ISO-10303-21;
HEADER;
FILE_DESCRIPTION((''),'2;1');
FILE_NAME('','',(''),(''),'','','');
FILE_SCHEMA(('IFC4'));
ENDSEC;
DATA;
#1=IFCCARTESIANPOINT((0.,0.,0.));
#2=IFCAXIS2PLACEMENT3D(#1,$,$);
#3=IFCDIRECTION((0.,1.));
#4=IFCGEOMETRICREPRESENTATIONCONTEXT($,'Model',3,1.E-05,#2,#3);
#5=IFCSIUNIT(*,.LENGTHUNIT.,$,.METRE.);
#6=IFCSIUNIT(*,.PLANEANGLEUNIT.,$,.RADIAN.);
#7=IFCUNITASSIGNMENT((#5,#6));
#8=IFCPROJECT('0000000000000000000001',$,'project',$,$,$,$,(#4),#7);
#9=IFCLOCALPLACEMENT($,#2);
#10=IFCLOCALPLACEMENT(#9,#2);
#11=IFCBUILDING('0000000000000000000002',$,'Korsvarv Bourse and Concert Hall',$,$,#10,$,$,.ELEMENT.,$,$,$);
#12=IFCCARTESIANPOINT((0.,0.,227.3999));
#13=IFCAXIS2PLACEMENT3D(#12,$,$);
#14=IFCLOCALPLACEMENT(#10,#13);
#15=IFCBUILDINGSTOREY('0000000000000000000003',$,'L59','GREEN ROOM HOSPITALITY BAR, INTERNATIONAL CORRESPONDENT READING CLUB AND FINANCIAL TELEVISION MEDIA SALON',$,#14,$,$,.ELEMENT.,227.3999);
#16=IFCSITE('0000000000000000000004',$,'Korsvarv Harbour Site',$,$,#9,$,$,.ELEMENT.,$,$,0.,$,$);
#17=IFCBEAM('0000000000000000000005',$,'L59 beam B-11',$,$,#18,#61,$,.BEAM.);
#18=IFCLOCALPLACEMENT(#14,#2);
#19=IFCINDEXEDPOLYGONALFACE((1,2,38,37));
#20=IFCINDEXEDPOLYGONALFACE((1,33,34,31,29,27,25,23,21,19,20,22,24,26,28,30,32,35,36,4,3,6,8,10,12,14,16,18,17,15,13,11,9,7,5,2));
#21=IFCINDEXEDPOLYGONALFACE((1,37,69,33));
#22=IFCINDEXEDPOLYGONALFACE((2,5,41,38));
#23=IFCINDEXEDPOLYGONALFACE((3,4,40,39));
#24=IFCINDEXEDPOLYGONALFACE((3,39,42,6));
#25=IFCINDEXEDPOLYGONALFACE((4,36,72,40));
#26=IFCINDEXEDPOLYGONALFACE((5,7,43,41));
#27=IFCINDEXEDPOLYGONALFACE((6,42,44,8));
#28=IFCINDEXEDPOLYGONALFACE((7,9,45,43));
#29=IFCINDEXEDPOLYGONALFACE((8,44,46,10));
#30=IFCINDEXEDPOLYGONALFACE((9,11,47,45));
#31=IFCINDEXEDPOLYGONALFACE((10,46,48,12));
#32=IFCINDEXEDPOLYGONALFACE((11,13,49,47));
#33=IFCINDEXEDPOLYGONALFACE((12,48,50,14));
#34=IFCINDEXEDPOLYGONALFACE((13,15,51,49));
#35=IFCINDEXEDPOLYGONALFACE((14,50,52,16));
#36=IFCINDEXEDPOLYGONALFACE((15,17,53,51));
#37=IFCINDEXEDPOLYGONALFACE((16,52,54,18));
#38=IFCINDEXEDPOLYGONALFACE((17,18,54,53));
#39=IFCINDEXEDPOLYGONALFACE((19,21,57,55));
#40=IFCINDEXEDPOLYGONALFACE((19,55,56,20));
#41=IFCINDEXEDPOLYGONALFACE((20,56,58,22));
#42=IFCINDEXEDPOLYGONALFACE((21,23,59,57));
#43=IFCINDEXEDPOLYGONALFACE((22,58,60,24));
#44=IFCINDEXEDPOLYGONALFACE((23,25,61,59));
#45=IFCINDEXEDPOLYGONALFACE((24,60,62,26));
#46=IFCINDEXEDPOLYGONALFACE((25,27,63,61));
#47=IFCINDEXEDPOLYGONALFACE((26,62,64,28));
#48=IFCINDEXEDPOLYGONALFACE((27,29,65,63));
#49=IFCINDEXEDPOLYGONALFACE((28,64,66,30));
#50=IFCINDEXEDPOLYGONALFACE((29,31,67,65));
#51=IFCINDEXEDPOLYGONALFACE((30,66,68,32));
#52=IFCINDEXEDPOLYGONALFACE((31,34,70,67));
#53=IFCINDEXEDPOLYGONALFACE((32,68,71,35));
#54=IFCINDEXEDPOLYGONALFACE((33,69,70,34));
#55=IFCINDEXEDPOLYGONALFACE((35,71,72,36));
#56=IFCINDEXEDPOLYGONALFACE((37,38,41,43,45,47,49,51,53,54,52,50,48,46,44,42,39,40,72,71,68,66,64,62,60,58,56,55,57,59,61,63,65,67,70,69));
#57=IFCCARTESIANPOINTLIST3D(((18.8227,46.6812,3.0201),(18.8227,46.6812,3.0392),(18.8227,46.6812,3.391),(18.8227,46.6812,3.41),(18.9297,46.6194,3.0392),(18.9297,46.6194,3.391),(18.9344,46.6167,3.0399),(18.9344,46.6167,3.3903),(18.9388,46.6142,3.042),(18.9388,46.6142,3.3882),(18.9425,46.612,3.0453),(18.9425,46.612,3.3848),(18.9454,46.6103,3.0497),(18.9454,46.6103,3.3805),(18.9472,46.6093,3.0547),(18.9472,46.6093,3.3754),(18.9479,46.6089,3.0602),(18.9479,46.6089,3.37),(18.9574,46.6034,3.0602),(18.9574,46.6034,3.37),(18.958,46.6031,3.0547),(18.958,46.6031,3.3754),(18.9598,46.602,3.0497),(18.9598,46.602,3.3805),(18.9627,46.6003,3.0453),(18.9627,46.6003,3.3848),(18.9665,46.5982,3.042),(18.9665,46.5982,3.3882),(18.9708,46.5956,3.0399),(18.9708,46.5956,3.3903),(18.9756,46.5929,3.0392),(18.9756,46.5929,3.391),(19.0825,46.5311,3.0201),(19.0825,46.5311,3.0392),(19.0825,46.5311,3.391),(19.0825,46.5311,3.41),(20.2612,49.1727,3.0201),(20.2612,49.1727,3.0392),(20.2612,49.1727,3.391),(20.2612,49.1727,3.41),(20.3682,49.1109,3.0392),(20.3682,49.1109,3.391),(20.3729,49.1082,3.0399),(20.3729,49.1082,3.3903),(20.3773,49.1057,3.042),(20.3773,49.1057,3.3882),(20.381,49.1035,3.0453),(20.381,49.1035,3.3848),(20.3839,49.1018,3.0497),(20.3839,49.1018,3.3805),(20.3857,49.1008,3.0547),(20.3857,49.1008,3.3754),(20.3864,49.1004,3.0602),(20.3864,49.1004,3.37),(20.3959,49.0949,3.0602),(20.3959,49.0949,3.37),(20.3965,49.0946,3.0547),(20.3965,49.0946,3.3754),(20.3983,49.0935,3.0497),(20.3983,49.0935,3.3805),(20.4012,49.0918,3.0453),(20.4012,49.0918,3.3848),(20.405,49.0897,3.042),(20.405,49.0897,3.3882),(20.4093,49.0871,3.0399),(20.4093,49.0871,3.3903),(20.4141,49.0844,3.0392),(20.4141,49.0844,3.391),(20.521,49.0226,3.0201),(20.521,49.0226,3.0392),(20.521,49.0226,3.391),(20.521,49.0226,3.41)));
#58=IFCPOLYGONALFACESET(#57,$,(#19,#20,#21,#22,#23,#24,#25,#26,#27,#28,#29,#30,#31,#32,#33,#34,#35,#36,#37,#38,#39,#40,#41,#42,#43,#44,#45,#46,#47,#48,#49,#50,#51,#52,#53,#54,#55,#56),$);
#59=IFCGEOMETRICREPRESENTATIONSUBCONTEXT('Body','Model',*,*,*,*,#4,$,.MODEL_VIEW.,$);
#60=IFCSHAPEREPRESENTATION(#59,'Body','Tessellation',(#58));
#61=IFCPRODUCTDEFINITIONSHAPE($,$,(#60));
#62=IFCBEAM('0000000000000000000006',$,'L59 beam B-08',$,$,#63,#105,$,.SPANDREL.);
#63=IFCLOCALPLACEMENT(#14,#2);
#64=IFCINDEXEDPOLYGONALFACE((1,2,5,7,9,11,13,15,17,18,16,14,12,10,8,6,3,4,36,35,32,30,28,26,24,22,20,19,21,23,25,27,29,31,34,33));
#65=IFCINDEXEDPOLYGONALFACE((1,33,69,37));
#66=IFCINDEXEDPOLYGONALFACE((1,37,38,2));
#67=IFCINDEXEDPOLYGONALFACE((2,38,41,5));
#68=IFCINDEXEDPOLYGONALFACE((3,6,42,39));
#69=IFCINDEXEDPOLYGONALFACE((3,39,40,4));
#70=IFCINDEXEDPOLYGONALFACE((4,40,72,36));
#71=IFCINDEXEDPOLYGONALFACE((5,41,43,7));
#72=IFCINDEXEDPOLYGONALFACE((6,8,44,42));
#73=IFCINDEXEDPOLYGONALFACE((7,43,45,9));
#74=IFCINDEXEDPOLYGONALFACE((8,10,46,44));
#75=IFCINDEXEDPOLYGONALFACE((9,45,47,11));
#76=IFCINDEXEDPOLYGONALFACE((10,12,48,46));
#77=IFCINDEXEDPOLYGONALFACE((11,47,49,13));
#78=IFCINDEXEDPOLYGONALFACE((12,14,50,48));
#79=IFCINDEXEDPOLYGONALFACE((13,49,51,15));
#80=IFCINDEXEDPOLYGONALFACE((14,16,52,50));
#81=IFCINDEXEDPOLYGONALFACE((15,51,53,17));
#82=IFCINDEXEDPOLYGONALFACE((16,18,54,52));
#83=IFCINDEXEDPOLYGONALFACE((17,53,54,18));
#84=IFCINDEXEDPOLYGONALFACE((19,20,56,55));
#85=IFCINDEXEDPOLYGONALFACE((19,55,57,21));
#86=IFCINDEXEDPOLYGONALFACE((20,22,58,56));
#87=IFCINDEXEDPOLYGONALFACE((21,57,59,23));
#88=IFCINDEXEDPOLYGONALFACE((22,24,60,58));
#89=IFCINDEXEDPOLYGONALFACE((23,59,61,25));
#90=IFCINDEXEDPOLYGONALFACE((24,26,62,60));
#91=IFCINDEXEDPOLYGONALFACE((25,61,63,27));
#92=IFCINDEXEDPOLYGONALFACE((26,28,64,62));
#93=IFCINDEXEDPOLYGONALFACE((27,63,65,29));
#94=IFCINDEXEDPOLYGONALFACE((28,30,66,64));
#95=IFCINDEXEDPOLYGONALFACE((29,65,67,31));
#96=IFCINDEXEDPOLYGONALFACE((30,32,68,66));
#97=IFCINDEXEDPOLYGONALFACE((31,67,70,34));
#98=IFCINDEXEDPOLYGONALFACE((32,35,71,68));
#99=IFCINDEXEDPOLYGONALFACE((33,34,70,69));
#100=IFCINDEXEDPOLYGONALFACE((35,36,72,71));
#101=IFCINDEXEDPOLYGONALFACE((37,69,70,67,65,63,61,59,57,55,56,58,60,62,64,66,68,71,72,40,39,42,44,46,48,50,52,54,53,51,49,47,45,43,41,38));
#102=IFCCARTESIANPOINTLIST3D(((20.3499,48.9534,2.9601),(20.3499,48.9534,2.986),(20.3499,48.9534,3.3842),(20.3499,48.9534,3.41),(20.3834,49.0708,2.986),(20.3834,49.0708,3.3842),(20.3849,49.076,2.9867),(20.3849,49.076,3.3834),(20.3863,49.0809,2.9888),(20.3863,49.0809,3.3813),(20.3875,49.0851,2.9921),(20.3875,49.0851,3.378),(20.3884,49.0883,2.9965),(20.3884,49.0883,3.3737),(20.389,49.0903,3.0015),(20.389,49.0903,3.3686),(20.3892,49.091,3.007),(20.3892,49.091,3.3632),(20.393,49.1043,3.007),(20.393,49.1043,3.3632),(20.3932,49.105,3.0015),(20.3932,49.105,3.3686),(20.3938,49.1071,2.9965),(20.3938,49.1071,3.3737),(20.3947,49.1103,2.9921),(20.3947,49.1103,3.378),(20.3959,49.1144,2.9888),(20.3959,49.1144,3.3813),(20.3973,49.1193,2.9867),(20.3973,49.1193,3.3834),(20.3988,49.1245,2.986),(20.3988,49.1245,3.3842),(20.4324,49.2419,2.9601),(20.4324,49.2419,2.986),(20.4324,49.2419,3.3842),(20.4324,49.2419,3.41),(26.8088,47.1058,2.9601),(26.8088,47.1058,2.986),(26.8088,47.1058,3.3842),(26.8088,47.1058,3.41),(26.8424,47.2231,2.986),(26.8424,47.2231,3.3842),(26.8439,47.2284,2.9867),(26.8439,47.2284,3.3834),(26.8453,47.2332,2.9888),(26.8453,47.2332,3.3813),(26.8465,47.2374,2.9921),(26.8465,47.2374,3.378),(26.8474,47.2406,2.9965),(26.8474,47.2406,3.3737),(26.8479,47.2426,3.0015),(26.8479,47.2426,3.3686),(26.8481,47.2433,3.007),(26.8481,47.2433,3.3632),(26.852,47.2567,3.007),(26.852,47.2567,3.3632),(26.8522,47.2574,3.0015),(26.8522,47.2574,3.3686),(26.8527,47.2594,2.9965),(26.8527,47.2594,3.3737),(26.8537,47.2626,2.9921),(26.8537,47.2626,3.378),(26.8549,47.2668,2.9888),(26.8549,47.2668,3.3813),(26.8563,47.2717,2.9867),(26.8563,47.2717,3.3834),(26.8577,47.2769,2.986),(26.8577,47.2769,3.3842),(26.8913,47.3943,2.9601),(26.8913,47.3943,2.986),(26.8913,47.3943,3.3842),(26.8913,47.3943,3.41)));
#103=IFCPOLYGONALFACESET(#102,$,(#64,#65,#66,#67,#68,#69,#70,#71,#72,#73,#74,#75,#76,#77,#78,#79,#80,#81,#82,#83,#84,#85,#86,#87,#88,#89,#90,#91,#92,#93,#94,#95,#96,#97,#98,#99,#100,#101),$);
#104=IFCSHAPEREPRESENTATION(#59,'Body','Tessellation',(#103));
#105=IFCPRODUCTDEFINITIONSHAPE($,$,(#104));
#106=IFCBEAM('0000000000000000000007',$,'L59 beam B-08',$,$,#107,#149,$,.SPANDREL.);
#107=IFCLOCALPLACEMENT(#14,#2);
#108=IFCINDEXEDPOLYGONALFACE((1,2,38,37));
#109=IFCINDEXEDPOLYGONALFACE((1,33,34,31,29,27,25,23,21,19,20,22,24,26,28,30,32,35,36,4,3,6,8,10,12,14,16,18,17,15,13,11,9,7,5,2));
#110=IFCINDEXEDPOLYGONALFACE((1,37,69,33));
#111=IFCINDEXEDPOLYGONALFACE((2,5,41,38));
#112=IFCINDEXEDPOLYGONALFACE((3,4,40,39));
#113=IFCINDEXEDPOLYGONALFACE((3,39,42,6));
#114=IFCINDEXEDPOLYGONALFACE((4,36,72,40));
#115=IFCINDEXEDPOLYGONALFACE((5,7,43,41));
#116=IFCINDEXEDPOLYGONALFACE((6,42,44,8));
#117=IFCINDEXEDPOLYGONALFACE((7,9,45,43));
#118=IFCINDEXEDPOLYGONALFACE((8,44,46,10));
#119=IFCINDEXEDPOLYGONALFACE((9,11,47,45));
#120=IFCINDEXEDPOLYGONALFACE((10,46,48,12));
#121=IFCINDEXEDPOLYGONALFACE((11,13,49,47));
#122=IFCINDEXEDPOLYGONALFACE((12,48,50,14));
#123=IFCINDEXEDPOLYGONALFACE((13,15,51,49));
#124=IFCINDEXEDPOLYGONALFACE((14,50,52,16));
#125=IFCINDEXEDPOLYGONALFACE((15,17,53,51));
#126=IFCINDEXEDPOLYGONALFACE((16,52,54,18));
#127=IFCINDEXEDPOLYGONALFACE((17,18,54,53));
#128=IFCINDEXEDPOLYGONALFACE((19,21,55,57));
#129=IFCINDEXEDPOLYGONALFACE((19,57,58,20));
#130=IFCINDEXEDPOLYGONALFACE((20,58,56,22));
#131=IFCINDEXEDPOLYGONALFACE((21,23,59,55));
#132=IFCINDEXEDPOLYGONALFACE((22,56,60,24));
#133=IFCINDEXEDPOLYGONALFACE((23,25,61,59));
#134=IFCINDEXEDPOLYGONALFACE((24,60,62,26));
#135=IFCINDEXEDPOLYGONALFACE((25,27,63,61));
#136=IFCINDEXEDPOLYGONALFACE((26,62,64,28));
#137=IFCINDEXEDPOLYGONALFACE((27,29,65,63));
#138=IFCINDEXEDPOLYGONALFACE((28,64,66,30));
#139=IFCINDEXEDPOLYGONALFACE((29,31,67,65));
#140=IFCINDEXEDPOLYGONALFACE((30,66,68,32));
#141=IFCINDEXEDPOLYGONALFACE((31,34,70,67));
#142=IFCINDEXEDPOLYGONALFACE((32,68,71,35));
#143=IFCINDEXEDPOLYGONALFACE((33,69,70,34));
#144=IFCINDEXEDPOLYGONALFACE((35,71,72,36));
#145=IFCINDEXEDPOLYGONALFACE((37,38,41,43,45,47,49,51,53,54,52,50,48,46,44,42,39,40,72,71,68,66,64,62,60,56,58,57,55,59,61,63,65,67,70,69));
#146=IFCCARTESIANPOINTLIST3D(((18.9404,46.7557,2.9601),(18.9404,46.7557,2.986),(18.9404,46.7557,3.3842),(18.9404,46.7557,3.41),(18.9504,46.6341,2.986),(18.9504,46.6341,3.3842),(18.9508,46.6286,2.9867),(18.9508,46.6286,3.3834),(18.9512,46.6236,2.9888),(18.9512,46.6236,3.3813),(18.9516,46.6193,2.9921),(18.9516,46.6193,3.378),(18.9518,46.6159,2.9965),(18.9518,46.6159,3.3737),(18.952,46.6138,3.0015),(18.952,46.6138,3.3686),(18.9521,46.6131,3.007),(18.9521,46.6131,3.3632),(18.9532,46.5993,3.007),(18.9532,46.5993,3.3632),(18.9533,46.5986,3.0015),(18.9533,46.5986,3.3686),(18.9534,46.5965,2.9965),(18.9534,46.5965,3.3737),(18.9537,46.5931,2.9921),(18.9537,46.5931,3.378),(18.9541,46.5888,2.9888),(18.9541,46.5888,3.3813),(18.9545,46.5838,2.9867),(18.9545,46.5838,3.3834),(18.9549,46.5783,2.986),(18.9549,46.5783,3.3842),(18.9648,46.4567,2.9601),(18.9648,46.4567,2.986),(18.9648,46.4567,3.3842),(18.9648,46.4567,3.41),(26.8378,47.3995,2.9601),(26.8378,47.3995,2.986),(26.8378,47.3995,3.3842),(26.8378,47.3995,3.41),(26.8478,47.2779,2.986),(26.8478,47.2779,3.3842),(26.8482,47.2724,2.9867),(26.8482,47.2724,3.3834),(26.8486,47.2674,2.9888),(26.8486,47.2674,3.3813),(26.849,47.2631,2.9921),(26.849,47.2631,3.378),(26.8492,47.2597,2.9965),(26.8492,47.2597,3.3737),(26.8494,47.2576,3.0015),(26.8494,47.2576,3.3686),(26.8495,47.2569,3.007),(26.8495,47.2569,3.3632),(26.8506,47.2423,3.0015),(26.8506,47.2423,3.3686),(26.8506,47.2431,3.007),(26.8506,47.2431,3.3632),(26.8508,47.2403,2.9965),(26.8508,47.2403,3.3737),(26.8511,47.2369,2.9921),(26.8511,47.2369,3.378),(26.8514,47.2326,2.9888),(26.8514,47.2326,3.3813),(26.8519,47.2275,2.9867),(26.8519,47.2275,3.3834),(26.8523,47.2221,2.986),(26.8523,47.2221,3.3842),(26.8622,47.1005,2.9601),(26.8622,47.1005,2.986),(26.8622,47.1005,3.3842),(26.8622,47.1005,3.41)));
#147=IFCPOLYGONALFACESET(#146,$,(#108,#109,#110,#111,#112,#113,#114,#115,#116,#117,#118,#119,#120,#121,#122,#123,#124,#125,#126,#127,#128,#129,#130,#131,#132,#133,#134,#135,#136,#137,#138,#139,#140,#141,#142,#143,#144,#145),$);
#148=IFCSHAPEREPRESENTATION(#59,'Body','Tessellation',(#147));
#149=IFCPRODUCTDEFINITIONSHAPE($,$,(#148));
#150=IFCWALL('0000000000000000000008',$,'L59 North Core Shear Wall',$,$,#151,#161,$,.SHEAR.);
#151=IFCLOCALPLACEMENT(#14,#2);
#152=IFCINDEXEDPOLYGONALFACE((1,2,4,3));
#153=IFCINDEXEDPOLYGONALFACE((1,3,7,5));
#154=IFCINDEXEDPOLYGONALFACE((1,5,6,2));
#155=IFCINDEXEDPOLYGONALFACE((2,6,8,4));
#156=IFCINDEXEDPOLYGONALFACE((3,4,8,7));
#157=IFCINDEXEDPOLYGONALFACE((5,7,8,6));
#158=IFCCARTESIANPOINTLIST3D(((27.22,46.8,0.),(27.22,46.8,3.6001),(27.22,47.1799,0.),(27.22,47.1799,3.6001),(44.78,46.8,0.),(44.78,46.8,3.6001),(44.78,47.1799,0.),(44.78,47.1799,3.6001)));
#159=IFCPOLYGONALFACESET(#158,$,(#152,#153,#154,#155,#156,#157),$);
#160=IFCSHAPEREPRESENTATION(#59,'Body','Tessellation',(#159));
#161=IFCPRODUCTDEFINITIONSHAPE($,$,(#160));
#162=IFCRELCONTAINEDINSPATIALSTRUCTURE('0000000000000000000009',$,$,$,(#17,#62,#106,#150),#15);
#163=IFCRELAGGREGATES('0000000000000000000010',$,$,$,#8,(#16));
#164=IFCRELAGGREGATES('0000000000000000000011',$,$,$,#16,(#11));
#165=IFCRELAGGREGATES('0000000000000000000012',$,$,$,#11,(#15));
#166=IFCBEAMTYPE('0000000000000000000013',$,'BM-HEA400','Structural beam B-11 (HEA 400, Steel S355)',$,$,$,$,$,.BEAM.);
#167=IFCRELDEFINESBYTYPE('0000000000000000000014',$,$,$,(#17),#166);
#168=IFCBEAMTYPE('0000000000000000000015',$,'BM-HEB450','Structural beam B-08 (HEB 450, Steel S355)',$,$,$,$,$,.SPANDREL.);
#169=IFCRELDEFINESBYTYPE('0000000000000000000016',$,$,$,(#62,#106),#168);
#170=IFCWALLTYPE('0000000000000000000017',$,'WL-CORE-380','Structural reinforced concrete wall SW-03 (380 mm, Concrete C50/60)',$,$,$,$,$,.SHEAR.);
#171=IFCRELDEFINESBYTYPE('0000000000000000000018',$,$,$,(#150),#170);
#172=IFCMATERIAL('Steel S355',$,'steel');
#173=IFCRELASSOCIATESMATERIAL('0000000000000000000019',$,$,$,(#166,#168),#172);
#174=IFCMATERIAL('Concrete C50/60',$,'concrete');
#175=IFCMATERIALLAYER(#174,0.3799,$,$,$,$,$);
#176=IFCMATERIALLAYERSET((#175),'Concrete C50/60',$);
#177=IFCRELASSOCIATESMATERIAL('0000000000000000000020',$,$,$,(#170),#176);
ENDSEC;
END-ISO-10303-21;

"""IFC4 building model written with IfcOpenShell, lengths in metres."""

from ifc_helpers import new_model, si_unit, direction, frame, frame_2d, origin, origin_2d, place, context, subcontext, project, spatial, rectangle, i_section, extrude, source, transform, mapped, material, layer, layer_set, material_profile, profile_set, type_object, element, save


model = new_model("IFC4")

# Units and contexts
model_context = context("Model", 3, precision=1e-05, world=origin(), true_north=direction((0.0, 1.0)))
body_context = subcontext(model_context, "Body", "Model", "MODEL_VIEW")
ifc_project = project(units=[si_unit("LENGTHUNIT", "METRE"), si_unit("PLANEANGLEUNIT", "RADIAN")], contexts=[model_context])

# Site, building, storey
site_placement = place(None, origin())
site = spatial("IfcSite", under=ifc_project, at=site_placement, Name="Korsvarv Harbour Site", CompositionType="ELEMENT", RefElevation=0.0)
building_placement = place(site_placement, origin())
building = spatial("IfcBuilding", under=site, at=building_placement, Name="Korsvarv Bourse and Concert Hall", CompositionType="ELEMENT")
storey_placement = place(building_placement, frame((0.0, 0.0, 227.3999)))
storey = spatial("IfcBuildingStorey", under=building, at=storey_placement, Name="L59", Description="GREEN ROOM HOSPITALITY BAR, INTERNATIONAL CORRESPONDENT READING CLUB AND FINANCIAL TELEVISION MEDIA SALON", CompositionType="ELEMENT", Elevation=227.3999)

# Shared definitions
ifc_material_1 = material(Name="Steel S355", Category="steel")

# Beams
ifc_material_profile_1 = material_profile(ifc_material_1, i_section(OverallWidth=0.3, OverallDepth=0.3899, WebThickness=0.011, FlangeThickness=0.019, FilletRadius=0.021, at=origin_2d()), Name="HEA 400")
ifc_profile_set_1 = profile_set([ifc_material_profile_1], Name="Steel S355")
beam_type_1 = type_object("IfcBeamType", Name="BM-HEA400", Description="Structural beam B-11 (HEA 400, Steel S355)", PredefinedType="BEAM", material=ifc_profile_set_1)
shared_shape_1 = source(origin(), body_context, "Body", "SweptSolid", [
    extrude(i_section(OverallWidth=0.3, OverallDepth=0.3899, WebThickness=0.011, FlangeThickness=0.019, FilletRadius=0.021, at=origin_2d()), origin(), (0.0, 0.0, 1.0), 2.877),
])
beam_1_placement = place(storey_placement, frame((20.3911, 49.0977, 3.2151), z_axis=(-0.500009, -0.86602, 0.0), x_axis=(0.86602, -0.500009, 0.0)))
element("IfcBeam", 1, at=beam_1_placement, inside=storey, type_object=beam_type_1, Name="L59 beam B-11", PredefinedType="BEAM", context=body_context, shape_type="MappedRepresentation", body=[
    mapped(shared_shape_1, transform((0.0, 0.0, 0.0), scale=1.0)),
])
ifc_material_profile_2 = material_profile(ifc_material_1, i_section(OverallWidth=0.3, OverallDepth=0.45, WebThickness=0.0139, FlangeThickness=0.0259, FilletRadius=0.021, at=origin_2d()), Name="HEB 450")
ifc_profile_set_2 = profile_set([ifc_material_profile_2], Name="Steel S355")
beam_type_2 = type_object("IfcBeamType", Name="BM-HEB450", Description="Structural beam B-08 (HEB 450, Steel S355)", PredefinedType="SPANDREL", material=ifc_profile_set_2)
shared_shape_2 = source(origin(), body_context, "Body", "SweptSolid", [
    extrude(i_section(OverallWidth=0.3, OverallDepth=0.45, WebThickness=0.0139, FlangeThickness=0.0259, FilletRadius=0.021, at=origin_2d()), origin(), (0.0, 0.0, 1.0), 6.718),
])
beam_2_placement = place(storey_placement, frame((20.3911, 49.0977, 3.1851), z_axis=(0.961436, -0.275028, 0.0), x_axis=(0.275028, 0.961436, 0.0)))
element("IfcBeam", 2, at=beam_2_placement, inside=storey, type_object=beam_type_2, Name="L59 beam B-08", PredefinedType="SPANDREL", context=body_context, shape_type="MappedRepresentation", body=[
    mapped(shared_shape_2, transform((0.0, 0.0, 0.0), scale=1.0)),
])
shared_shape_3 = source(origin(), body_context, "Body", "SweptSolid", [
    extrude(i_section(OverallWidth=0.3, OverallDepth=0.45, WebThickness=0.0139, FlangeThickness=0.0259, FilletRadius=0.021, at=origin_2d()), origin(), (0.0, 0.0, 1.0), 7.9236),
])
beam_3_placement = place(storey_placement, frame((18.9526, 46.6062, 3.1851), z_axis=(0.996694, 0.08125, 0.0), x_axis=(-0.08125, 0.996694, 0.0)))
element("IfcBeam", 3, at=beam_3_placement, inside=storey, type_object=beam_type_2, Name="L59 beam B-08", PredefinedType="SPANDREL", context=body_context, shape_type="MappedRepresentation", body=[
    mapped(shared_shape_3, transform((0.0, 0.0, 0.0), scale=1.0)),
])

# Wall
ifc_material_2 = material(Name="Concrete C50/60", Category="concrete")
ifc_layer_1 = layer(ifc_material_2, 0.3799)
ifc_layer_set_1 = layer_set([ifc_layer_1], Name="Concrete C50/60")
wall_type_1 = type_object("IfcWallType", Name="WL-CORE-380", Description="Structural reinforced concrete wall SW-03 (380 mm, Concrete C50/60)", PredefinedType="SHEAR", material=ifc_layer_set_1)
wall_1_placement = place(storey_placement, frame((27.22, 46.99, 0.0), z_axis=(0.0, 0.0, 1.0), x_axis=(1.0, 0.0, 0.0)))
element("IfcWall", 4, at=wall_1_placement, inside=storey, type_object=wall_type_1, Name="L59 North Core Shear Wall", PredefinedType="SHEAR", context=body_context, shape_type="SweptSolid", body=[
    extrude(rectangle(XDim=17.5601, YDim=0.3799, at=frame_2d((8.78, 0.0))), origin(), (0.0, 0.0, 1.0), 3.6001),
])

save(model, "model.ifc")
